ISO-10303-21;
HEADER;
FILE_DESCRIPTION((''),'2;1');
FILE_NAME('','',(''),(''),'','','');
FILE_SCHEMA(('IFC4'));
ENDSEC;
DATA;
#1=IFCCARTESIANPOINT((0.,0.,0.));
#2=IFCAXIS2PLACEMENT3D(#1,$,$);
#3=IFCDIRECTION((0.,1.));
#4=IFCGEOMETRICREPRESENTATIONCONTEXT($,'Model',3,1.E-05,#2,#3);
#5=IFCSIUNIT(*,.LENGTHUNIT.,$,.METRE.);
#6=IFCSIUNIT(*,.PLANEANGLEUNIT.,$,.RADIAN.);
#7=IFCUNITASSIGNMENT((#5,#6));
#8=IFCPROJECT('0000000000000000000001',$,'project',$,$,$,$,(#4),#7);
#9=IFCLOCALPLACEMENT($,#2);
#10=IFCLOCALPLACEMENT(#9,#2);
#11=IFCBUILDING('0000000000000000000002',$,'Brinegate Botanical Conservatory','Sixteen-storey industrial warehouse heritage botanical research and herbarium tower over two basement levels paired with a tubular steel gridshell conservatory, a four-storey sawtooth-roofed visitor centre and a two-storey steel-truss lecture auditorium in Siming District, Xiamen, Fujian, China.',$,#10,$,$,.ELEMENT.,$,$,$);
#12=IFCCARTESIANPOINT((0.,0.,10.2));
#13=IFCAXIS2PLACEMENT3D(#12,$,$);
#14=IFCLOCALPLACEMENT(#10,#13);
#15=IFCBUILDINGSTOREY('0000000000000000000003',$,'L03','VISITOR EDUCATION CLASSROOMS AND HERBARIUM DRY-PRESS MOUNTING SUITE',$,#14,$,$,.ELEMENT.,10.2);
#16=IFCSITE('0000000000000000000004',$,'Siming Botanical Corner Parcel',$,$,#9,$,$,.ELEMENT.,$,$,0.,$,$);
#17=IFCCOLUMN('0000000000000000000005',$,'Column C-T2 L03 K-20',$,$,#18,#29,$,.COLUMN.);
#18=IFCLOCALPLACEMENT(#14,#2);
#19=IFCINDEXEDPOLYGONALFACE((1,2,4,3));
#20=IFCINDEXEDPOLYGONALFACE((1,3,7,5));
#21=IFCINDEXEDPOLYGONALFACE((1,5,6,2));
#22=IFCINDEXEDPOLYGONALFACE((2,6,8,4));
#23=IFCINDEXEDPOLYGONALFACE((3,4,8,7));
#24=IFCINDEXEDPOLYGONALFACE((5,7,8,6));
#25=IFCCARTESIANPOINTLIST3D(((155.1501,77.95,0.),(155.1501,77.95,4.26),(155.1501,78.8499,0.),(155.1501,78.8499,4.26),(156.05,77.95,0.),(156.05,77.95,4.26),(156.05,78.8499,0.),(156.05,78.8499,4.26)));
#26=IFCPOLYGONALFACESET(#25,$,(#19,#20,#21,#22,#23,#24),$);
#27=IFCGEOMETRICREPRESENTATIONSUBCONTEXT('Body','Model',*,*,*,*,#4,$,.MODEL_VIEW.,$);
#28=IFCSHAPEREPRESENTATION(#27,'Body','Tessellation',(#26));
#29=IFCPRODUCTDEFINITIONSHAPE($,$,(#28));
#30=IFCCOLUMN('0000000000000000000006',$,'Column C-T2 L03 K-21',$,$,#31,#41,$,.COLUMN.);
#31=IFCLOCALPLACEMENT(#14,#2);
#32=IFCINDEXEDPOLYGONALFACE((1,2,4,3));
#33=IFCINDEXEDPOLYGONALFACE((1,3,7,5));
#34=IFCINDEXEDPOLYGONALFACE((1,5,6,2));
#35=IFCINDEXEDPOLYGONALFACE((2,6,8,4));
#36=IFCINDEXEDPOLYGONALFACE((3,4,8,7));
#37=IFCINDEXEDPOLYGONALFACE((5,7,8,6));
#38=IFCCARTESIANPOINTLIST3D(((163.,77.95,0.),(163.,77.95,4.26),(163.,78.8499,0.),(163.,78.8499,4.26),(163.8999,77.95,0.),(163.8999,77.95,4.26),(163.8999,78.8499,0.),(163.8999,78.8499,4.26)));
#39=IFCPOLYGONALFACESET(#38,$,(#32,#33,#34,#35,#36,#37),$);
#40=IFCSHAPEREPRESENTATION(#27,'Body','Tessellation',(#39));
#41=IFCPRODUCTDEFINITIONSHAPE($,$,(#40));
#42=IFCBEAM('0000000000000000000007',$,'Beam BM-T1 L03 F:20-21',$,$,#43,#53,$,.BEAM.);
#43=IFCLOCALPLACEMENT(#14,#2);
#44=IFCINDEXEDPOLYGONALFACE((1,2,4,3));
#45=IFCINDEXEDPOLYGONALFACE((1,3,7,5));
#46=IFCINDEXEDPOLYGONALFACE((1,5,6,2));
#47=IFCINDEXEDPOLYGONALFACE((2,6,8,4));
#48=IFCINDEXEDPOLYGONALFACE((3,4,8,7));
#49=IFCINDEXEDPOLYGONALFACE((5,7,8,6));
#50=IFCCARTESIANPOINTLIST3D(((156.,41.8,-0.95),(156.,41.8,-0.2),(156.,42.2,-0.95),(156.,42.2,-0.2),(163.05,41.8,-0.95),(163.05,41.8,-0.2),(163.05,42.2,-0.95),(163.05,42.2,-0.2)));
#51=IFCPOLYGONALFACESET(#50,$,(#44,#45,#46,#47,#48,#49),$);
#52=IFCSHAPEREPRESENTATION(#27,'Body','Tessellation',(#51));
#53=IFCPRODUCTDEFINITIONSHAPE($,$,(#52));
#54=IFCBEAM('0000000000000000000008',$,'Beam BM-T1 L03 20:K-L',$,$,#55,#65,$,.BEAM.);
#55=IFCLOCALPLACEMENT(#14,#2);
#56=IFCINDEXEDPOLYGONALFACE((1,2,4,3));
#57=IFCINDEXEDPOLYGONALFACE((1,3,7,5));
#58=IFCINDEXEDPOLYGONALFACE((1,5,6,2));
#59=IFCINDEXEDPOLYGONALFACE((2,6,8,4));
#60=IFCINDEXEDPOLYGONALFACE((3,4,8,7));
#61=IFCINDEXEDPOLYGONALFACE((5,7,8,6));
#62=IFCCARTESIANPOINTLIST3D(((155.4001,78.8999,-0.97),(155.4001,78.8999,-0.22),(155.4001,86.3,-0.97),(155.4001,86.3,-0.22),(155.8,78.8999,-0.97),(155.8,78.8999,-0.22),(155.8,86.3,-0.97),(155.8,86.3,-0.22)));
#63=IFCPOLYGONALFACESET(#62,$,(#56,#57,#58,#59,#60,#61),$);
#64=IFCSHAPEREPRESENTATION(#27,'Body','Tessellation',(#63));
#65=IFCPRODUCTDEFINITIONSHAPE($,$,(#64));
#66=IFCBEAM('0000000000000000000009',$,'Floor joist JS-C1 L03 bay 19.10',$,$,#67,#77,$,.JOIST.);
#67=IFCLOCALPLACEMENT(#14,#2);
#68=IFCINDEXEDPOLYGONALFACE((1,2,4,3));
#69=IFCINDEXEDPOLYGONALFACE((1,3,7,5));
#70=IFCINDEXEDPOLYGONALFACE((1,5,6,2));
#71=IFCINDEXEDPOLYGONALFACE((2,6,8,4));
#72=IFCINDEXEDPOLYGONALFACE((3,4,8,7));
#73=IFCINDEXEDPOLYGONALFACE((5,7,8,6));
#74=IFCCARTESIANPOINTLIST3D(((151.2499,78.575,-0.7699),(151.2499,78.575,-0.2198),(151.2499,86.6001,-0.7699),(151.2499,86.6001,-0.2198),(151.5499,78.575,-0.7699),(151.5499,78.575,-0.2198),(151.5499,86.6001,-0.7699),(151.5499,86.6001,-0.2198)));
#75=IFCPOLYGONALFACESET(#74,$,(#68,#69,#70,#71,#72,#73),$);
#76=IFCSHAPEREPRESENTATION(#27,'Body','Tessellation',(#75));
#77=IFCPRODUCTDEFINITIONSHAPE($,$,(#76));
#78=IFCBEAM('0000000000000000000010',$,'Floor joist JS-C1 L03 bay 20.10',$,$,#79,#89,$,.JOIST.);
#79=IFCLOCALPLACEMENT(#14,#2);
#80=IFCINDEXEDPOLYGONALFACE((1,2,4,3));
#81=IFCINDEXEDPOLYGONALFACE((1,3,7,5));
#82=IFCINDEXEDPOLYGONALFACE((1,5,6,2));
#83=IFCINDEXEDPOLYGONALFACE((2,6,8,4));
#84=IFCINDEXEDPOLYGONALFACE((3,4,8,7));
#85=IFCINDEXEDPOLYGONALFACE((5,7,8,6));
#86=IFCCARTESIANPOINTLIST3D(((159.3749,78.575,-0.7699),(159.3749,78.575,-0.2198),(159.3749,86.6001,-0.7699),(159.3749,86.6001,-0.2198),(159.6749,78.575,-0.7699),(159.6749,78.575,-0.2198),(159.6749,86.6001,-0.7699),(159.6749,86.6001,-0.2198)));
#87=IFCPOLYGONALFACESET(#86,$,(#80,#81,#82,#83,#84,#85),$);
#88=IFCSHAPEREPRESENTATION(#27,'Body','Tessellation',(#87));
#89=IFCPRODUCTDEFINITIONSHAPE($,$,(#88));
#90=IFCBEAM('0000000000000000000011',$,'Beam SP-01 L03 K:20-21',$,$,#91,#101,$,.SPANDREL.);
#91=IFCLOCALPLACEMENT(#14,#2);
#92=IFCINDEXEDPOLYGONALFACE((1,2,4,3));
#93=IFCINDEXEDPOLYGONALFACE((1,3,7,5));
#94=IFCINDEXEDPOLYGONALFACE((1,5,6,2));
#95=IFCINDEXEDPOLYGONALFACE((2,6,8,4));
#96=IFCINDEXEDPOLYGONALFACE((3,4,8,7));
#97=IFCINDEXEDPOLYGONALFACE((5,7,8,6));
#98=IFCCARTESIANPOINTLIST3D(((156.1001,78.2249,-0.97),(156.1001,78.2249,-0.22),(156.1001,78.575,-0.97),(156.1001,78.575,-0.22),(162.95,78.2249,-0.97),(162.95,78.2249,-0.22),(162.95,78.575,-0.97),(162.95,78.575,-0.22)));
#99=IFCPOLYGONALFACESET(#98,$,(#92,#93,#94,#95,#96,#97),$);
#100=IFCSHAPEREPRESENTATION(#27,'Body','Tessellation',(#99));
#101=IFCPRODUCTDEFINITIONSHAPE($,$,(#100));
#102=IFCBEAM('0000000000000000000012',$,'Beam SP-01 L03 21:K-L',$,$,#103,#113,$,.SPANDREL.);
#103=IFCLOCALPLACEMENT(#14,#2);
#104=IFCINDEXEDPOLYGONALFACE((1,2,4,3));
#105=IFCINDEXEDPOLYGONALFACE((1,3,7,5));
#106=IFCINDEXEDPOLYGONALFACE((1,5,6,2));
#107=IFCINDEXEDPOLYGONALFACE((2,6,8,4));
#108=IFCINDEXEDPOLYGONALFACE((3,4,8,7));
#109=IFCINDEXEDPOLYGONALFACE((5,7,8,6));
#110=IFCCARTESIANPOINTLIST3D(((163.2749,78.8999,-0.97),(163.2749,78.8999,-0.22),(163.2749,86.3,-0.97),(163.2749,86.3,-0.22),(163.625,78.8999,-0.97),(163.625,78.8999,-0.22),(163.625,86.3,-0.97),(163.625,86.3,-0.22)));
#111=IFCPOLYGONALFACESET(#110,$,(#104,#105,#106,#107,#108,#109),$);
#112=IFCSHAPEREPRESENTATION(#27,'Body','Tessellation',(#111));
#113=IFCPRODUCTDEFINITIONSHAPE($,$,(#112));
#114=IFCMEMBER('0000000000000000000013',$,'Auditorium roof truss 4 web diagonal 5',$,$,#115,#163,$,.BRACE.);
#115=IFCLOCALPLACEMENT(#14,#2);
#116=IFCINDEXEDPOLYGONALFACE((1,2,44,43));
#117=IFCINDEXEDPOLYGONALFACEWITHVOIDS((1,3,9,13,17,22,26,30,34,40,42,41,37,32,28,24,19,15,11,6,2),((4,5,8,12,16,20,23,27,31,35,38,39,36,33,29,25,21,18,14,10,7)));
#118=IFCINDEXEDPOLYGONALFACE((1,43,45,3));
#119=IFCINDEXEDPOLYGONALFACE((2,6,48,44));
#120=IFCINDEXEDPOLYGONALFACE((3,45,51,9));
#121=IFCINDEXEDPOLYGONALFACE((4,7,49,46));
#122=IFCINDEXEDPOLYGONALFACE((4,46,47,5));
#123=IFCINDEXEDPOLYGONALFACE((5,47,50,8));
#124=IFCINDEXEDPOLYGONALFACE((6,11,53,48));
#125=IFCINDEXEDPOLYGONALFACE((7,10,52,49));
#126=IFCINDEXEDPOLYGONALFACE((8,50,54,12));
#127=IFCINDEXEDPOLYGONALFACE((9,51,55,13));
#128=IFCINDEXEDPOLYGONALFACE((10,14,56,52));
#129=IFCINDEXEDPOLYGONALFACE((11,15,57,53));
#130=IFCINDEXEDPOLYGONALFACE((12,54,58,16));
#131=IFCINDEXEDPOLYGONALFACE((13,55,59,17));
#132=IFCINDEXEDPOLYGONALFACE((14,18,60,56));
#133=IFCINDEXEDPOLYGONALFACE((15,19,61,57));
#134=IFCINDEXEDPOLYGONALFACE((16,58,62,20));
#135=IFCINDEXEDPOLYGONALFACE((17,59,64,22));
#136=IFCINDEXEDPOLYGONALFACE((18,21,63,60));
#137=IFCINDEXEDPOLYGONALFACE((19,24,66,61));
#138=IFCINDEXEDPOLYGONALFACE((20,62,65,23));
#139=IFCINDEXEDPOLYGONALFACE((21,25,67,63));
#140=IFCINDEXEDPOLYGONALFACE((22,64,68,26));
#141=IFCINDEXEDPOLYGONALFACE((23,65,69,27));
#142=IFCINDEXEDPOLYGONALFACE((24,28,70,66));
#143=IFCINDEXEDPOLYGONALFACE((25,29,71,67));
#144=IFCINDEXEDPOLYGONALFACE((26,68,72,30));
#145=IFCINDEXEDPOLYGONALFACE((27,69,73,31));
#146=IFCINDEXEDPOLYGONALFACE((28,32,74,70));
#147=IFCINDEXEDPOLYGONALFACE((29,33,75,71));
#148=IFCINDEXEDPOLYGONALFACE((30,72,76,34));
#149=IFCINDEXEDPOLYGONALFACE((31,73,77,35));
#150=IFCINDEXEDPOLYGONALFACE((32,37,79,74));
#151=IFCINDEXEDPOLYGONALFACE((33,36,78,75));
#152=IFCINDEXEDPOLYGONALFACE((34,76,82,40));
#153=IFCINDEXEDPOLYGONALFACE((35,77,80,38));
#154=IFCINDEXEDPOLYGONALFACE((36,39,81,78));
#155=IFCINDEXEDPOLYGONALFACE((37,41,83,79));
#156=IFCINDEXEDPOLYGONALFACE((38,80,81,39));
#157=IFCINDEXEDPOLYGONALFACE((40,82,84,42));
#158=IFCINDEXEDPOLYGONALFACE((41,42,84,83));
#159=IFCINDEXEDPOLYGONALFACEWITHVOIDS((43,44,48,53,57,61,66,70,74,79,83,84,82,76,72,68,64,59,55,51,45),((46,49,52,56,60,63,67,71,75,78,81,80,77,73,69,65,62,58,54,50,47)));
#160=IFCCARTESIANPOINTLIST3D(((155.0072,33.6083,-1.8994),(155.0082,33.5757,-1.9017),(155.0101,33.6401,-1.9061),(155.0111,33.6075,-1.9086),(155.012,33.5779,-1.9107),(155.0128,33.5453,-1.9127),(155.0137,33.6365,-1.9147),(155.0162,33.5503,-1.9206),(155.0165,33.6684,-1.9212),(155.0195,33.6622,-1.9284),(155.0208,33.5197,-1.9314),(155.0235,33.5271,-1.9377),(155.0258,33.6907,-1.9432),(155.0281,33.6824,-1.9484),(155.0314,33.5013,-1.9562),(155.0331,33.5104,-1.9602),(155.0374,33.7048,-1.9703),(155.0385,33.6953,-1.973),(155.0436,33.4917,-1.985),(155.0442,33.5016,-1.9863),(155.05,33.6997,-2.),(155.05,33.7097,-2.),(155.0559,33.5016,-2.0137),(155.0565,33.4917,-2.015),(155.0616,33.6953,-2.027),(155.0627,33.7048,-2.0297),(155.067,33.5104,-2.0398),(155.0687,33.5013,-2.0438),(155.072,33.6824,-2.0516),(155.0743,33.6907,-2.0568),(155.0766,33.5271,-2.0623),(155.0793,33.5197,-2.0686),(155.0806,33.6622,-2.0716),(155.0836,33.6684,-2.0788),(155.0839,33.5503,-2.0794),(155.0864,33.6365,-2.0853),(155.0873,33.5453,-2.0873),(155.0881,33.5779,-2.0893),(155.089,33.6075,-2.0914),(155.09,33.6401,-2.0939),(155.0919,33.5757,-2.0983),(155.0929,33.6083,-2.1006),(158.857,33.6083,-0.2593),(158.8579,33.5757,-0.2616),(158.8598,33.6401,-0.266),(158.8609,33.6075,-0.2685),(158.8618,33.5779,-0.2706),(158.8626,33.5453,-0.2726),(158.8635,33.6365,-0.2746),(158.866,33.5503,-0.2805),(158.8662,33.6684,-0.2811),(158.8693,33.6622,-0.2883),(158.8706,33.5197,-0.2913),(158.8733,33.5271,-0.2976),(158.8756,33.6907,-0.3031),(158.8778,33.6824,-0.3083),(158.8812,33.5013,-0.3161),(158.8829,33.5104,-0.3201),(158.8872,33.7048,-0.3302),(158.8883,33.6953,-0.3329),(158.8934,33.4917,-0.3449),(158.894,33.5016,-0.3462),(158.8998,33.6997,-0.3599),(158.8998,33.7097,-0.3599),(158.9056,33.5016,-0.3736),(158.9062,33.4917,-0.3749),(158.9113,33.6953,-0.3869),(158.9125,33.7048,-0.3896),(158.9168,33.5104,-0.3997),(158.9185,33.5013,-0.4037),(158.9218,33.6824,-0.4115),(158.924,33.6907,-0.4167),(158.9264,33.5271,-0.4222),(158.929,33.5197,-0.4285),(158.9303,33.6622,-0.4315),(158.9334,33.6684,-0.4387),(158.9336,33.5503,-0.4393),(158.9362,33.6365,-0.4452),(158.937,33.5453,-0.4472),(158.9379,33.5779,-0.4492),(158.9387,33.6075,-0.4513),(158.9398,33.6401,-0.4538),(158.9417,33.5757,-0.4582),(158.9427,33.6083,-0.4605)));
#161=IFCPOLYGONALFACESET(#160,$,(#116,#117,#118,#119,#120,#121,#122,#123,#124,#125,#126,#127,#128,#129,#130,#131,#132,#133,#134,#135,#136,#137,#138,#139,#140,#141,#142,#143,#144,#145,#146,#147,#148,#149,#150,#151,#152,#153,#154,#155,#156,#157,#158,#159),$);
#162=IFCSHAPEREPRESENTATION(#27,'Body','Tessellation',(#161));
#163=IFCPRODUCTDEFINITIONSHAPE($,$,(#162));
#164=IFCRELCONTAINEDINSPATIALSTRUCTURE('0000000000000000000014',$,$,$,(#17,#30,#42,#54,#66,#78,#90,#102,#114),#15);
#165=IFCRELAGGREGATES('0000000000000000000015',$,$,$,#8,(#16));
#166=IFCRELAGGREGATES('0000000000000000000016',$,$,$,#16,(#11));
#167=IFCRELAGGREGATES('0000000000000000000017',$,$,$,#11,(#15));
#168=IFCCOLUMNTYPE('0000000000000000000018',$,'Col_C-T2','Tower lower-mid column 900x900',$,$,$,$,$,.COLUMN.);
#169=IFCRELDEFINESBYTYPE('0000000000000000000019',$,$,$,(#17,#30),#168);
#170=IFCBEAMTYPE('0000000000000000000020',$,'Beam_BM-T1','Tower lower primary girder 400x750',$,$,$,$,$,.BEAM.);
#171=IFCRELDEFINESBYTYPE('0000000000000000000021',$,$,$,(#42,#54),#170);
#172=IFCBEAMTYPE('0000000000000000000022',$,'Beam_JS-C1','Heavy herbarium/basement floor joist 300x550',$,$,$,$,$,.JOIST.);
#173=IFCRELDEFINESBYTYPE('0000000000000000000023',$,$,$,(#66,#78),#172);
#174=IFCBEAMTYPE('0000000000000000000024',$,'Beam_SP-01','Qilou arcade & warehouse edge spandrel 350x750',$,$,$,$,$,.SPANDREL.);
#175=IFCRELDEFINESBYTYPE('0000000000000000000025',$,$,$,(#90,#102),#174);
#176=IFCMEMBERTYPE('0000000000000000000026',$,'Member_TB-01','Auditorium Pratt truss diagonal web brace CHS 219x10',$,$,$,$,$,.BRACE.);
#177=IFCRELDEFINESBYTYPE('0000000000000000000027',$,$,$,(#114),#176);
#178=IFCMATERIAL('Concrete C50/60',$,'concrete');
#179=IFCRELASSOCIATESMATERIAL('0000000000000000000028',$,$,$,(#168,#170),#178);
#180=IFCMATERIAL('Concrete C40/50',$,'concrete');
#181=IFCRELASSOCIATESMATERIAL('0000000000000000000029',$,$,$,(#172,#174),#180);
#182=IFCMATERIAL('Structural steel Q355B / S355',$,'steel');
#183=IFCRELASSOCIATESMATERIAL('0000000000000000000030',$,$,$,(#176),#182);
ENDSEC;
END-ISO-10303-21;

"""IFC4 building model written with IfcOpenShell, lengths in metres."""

from ifc_helpers import new_model, si_unit, direction, frame, origin, origin_2d, place, context, subcontext, project, spatial, rectangle, hollow_circle, extrude, material, material_profile, profile_set, type_object, element, save


model = new_model("IFC4")

# Units and contexts
model_context = context("Model", 3, precision=1e-05, world=origin(), true_north=direction((0.0, 1.0)))
body_context = subcontext(model_context, "Body", "Model", "MODEL_VIEW")
ifc_project = project(units=[si_unit("LENGTHUNIT", "METRE"), si_unit("PLANEANGLEUNIT", "RADIAN")], contexts=[model_context])

# Site, building, storey
site_placement = place(None, origin())
site = spatial("IfcSite", under=ifc_project, at=site_placement, Name="Siming Botanical Corner Parcel", CompositionType="ELEMENT", RefElevation=0.0)
building_placement = place(site_placement, origin())
building = spatial("IfcBuilding", under=site, at=building_placement, Name="Brinegate Botanical Conservatory", Description="Sixteen-storey industrial warehouse heritage botanical research and herbarium tower over two basement levels paired with a tubular steel gridshell conservatory, a four-storey sawtooth-roofed visitor centre and a two-storey steel-truss lecture auditorium in Siming District, Xiamen, Fujian, China.", CompositionType="ELEMENT")
storey_placement = place(building_placement, frame((0.0, 0.0, 10.2)))
storey = spatial("IfcBuildingStorey", under=building, at=storey_placement, Name="L03", Description="VISITOR EDUCATION CLASSROOMS AND HERBARIUM DRY-PRESS MOUNTING SUITE", CompositionType="ELEMENT", Elevation=10.2)

# Columns
ifc_material_1 = material(Name="Concrete C50/60", Category="concrete")
ifc_material_profile_1 = material_profile(ifc_material_1, rectangle(XDim=0.8999, YDim=0.8999, at=origin_2d()), Name="RC COL 900x900")
ifc_profile_set_1 = profile_set([ifc_material_profile_1], Name="Concrete C50/60")
column_type = type_object("IfcColumnType", Name="Col_C-T2", Description="Tower lower-mid column 900x900", PredefinedType="COLUMN", material=ifc_profile_set_1)
for number, where, z_axis, x_axis, name in (
    (1, (155.6001, 78.3999, 0.0), (0.0, 0.0, 1.0), (1.0, 0.0, 0.0), "Column C-T2 L03 K-20"),
    (2, (163.45, 78.3999, 0.0), (0.0, 0.0, 1.0), (1.0, 0.0, 0.0), "Column C-T2 L03 K-21"),
):
    element("IfcColumn", number, at=place(storey_placement, frame(where, z_axis=z_axis, x_axis=x_axis)), inside=storey, type_object=column_type, Name=name, PredefinedType="COLUMN", context=body_context, shape_type="SweptSolid", body=[
        extrude(rectangle(XDim=0.8999, YDim=0.8999, at=origin_2d()), origin(), (0.0, 0.0, 1.0), 4.26),
    ])

# Beams
ifc_material_profile_2 = material_profile(ifc_material_1, rectangle(XDim=0.3999, YDim=0.75, at=origin_2d()), Name="RC BM 400x750")
ifc_profile_set_2 = profile_set([ifc_material_profile_2], Name="Concrete C50/60")
beam_type_1 = type_object("IfcBeamType", Name="Beam_BM-T1", Description="Tower lower primary girder 400x750", PredefinedType="BEAM", material=ifc_profile_set_2)
beam_1_placement = place(storey_placement, frame((156.0, 42.0, -0.575), z_axis=(1.0, 0.0, 0.0), x_axis=(0.0, 1.0, 0.0)))
element("IfcBeam", 3, at=beam_1_placement, inside=storey, type_object=beam_type_1, Name="Beam BM-T1 L03 F:20-21", PredefinedType="BEAM", context=body_context, shape_type="SweptSolid", body=[
    extrude(rectangle(XDim=0.3999, YDim=0.75, at=origin_2d()), origin(), (0.0, 0.0, 1.0), 7.05),
])
beam_2_placement = place(storey_placement, frame((155.6001, 78.8999, -0.595), z_axis=(0.0, 1.0, 0.0), x_axis=(-1.0, 0.0, 0.0)))
element("IfcBeam", 4, at=beam_2_placement, inside=storey, type_object=beam_type_1, Name="Beam BM-T1 L03 20:K-L", PredefinedType="BEAM", context=body_context, shape_type="SweptSolid", body=[
    extrude(rectangle(XDim=0.3999, YDim=0.75, at=origin_2d()), origin(), (0.0, 0.0, 1.0), 7.4001),
])
ifc_material_2 = material(Name="Concrete C40/50", Category="concrete")
ifc_material_profile_3 = material_profile(ifc_material_2, rectangle(XDim=0.3, YDim=0.55, at=origin_2d()), Name="RC JST 300x550")
ifc_profile_set_3 = profile_set([ifc_material_profile_3], Name="Concrete C40/50")
beam_type_2 = type_object("IfcBeamType", Name="Beam_JS-C1", Description="Heavy herbarium/basement floor joist 300x550", PredefinedType="JOIST", material=ifc_profile_set_3)
for number, where, z_axis, x_axis, name in (
    (5, (151.3999, 78.575, -0.4949), (0.0, 1.0, 0.0), (-1.0, 0.0, 0.0), "Floor joist JS-C1 L03 bay 19.10"),
    (6, (159.5249, 78.575, -0.4949), (0.0, 1.0, 0.0), (-1.0, 0.0, 0.0), "Floor joist JS-C1 L03 bay 20.10"),
):
    element("IfcBeam", number, at=place(storey_placement, frame(where, z_axis=z_axis, x_axis=x_axis)), inside=storey, type_object=beam_type_2, Name=name, PredefinedType="JOIST", context=body_context, shape_type="SweptSolid", body=[
        extrude(rectangle(XDim=0.3, YDim=0.55, at=origin_2d()), origin(), (0.0, 0.0, 1.0), 8.0251),
    ])
ifc_material_profile_4 = material_profile(ifc_material_2, rectangle(XDim=0.3501, YDim=0.75, at=origin_2d()), Name="RC SPN 350x750")
ifc_profile_set_4 = profile_set([ifc_material_profile_4], Name="Concrete C40/50")
beam_type_3 = type_object("IfcBeamType", Name="Beam_SP-01", Description="Qilou arcade & warehouse edge spandrel 350x750", PredefinedType="SPANDREL", material=ifc_profile_set_4)
beam_3_placement = place(storey_placement, frame((156.1001, 78.3999, -0.595), z_axis=(1.0, 0.0, 0.0), x_axis=(0.0, 1.0, 0.0)))
element("IfcBeam", 7, at=beam_3_placement, inside=storey, type_object=beam_type_3, Name="Beam SP-01 L03 K:20-21", PredefinedType="SPANDREL", context=body_context, shape_type="SweptSolid", body=[
    extrude(rectangle(XDim=0.3501, YDim=0.75, at=origin_2d()), origin(), (0.0, 0.0, 1.0), 6.8499),
])
beam_4_placement = place(storey_placement, frame((163.45, 78.8999, -0.595), z_axis=(0.0, 1.0, 0.0), x_axis=(-1.0, 0.0, 0.0)))
element("IfcBeam", 8, at=beam_4_placement, inside=storey, type_object=beam_type_3, Name="Beam SP-01 L03 21:K-L", PredefinedType="SPANDREL", context=body_context, shape_type="SweptSolid", body=[
    extrude(rectangle(XDim=0.3501, YDim=0.75, at=origin_2d()), origin(), (0.0, 0.0, 1.0), 7.4001),
])

# Member
ifc_material_3 = material(Name="Structural steel Q355B / S355", Category="steel")
ifc_material_profile_5 = material_profile(ifc_material_3, hollow_circle(Radius=0.1096, WallThickness=0.01, at=origin_2d()), Name="CHS 219x10")
ifc_profile_set_5 = profile_set([ifc_material_profile_5], Name="Structural steel Q355B / S355")
member_type_1 = type_object("IfcMemberType", Name="Member_TB-01", Description="Auditorium Pratt truss diagonal web brace CHS 219x10", PredefinedType="BRACE", material=ifc_profile_set_5)
member_1_placement = place(storey_placement, frame((155.05, 33.6001, -2.0), z_axis=(0.919991, 0.0, 0.39194), x_axis=(0.0, 1.0, 0.0)))
element("IfcMember", 9, at=member_1_placement, inside=storey, type_object=member_type_1, Name="Auditorium roof truss 4 web diagonal 5", PredefinedType="BRACE", context=body_context, shape_type="SweptSolid", body=[
    extrude(hollow_circle(Radius=0.1096, WallThickness=0.01, at=origin_2d()), origin(), (0.0, 0.0, 1.0), 4.1846),
])

save(model, "model.ifc")
